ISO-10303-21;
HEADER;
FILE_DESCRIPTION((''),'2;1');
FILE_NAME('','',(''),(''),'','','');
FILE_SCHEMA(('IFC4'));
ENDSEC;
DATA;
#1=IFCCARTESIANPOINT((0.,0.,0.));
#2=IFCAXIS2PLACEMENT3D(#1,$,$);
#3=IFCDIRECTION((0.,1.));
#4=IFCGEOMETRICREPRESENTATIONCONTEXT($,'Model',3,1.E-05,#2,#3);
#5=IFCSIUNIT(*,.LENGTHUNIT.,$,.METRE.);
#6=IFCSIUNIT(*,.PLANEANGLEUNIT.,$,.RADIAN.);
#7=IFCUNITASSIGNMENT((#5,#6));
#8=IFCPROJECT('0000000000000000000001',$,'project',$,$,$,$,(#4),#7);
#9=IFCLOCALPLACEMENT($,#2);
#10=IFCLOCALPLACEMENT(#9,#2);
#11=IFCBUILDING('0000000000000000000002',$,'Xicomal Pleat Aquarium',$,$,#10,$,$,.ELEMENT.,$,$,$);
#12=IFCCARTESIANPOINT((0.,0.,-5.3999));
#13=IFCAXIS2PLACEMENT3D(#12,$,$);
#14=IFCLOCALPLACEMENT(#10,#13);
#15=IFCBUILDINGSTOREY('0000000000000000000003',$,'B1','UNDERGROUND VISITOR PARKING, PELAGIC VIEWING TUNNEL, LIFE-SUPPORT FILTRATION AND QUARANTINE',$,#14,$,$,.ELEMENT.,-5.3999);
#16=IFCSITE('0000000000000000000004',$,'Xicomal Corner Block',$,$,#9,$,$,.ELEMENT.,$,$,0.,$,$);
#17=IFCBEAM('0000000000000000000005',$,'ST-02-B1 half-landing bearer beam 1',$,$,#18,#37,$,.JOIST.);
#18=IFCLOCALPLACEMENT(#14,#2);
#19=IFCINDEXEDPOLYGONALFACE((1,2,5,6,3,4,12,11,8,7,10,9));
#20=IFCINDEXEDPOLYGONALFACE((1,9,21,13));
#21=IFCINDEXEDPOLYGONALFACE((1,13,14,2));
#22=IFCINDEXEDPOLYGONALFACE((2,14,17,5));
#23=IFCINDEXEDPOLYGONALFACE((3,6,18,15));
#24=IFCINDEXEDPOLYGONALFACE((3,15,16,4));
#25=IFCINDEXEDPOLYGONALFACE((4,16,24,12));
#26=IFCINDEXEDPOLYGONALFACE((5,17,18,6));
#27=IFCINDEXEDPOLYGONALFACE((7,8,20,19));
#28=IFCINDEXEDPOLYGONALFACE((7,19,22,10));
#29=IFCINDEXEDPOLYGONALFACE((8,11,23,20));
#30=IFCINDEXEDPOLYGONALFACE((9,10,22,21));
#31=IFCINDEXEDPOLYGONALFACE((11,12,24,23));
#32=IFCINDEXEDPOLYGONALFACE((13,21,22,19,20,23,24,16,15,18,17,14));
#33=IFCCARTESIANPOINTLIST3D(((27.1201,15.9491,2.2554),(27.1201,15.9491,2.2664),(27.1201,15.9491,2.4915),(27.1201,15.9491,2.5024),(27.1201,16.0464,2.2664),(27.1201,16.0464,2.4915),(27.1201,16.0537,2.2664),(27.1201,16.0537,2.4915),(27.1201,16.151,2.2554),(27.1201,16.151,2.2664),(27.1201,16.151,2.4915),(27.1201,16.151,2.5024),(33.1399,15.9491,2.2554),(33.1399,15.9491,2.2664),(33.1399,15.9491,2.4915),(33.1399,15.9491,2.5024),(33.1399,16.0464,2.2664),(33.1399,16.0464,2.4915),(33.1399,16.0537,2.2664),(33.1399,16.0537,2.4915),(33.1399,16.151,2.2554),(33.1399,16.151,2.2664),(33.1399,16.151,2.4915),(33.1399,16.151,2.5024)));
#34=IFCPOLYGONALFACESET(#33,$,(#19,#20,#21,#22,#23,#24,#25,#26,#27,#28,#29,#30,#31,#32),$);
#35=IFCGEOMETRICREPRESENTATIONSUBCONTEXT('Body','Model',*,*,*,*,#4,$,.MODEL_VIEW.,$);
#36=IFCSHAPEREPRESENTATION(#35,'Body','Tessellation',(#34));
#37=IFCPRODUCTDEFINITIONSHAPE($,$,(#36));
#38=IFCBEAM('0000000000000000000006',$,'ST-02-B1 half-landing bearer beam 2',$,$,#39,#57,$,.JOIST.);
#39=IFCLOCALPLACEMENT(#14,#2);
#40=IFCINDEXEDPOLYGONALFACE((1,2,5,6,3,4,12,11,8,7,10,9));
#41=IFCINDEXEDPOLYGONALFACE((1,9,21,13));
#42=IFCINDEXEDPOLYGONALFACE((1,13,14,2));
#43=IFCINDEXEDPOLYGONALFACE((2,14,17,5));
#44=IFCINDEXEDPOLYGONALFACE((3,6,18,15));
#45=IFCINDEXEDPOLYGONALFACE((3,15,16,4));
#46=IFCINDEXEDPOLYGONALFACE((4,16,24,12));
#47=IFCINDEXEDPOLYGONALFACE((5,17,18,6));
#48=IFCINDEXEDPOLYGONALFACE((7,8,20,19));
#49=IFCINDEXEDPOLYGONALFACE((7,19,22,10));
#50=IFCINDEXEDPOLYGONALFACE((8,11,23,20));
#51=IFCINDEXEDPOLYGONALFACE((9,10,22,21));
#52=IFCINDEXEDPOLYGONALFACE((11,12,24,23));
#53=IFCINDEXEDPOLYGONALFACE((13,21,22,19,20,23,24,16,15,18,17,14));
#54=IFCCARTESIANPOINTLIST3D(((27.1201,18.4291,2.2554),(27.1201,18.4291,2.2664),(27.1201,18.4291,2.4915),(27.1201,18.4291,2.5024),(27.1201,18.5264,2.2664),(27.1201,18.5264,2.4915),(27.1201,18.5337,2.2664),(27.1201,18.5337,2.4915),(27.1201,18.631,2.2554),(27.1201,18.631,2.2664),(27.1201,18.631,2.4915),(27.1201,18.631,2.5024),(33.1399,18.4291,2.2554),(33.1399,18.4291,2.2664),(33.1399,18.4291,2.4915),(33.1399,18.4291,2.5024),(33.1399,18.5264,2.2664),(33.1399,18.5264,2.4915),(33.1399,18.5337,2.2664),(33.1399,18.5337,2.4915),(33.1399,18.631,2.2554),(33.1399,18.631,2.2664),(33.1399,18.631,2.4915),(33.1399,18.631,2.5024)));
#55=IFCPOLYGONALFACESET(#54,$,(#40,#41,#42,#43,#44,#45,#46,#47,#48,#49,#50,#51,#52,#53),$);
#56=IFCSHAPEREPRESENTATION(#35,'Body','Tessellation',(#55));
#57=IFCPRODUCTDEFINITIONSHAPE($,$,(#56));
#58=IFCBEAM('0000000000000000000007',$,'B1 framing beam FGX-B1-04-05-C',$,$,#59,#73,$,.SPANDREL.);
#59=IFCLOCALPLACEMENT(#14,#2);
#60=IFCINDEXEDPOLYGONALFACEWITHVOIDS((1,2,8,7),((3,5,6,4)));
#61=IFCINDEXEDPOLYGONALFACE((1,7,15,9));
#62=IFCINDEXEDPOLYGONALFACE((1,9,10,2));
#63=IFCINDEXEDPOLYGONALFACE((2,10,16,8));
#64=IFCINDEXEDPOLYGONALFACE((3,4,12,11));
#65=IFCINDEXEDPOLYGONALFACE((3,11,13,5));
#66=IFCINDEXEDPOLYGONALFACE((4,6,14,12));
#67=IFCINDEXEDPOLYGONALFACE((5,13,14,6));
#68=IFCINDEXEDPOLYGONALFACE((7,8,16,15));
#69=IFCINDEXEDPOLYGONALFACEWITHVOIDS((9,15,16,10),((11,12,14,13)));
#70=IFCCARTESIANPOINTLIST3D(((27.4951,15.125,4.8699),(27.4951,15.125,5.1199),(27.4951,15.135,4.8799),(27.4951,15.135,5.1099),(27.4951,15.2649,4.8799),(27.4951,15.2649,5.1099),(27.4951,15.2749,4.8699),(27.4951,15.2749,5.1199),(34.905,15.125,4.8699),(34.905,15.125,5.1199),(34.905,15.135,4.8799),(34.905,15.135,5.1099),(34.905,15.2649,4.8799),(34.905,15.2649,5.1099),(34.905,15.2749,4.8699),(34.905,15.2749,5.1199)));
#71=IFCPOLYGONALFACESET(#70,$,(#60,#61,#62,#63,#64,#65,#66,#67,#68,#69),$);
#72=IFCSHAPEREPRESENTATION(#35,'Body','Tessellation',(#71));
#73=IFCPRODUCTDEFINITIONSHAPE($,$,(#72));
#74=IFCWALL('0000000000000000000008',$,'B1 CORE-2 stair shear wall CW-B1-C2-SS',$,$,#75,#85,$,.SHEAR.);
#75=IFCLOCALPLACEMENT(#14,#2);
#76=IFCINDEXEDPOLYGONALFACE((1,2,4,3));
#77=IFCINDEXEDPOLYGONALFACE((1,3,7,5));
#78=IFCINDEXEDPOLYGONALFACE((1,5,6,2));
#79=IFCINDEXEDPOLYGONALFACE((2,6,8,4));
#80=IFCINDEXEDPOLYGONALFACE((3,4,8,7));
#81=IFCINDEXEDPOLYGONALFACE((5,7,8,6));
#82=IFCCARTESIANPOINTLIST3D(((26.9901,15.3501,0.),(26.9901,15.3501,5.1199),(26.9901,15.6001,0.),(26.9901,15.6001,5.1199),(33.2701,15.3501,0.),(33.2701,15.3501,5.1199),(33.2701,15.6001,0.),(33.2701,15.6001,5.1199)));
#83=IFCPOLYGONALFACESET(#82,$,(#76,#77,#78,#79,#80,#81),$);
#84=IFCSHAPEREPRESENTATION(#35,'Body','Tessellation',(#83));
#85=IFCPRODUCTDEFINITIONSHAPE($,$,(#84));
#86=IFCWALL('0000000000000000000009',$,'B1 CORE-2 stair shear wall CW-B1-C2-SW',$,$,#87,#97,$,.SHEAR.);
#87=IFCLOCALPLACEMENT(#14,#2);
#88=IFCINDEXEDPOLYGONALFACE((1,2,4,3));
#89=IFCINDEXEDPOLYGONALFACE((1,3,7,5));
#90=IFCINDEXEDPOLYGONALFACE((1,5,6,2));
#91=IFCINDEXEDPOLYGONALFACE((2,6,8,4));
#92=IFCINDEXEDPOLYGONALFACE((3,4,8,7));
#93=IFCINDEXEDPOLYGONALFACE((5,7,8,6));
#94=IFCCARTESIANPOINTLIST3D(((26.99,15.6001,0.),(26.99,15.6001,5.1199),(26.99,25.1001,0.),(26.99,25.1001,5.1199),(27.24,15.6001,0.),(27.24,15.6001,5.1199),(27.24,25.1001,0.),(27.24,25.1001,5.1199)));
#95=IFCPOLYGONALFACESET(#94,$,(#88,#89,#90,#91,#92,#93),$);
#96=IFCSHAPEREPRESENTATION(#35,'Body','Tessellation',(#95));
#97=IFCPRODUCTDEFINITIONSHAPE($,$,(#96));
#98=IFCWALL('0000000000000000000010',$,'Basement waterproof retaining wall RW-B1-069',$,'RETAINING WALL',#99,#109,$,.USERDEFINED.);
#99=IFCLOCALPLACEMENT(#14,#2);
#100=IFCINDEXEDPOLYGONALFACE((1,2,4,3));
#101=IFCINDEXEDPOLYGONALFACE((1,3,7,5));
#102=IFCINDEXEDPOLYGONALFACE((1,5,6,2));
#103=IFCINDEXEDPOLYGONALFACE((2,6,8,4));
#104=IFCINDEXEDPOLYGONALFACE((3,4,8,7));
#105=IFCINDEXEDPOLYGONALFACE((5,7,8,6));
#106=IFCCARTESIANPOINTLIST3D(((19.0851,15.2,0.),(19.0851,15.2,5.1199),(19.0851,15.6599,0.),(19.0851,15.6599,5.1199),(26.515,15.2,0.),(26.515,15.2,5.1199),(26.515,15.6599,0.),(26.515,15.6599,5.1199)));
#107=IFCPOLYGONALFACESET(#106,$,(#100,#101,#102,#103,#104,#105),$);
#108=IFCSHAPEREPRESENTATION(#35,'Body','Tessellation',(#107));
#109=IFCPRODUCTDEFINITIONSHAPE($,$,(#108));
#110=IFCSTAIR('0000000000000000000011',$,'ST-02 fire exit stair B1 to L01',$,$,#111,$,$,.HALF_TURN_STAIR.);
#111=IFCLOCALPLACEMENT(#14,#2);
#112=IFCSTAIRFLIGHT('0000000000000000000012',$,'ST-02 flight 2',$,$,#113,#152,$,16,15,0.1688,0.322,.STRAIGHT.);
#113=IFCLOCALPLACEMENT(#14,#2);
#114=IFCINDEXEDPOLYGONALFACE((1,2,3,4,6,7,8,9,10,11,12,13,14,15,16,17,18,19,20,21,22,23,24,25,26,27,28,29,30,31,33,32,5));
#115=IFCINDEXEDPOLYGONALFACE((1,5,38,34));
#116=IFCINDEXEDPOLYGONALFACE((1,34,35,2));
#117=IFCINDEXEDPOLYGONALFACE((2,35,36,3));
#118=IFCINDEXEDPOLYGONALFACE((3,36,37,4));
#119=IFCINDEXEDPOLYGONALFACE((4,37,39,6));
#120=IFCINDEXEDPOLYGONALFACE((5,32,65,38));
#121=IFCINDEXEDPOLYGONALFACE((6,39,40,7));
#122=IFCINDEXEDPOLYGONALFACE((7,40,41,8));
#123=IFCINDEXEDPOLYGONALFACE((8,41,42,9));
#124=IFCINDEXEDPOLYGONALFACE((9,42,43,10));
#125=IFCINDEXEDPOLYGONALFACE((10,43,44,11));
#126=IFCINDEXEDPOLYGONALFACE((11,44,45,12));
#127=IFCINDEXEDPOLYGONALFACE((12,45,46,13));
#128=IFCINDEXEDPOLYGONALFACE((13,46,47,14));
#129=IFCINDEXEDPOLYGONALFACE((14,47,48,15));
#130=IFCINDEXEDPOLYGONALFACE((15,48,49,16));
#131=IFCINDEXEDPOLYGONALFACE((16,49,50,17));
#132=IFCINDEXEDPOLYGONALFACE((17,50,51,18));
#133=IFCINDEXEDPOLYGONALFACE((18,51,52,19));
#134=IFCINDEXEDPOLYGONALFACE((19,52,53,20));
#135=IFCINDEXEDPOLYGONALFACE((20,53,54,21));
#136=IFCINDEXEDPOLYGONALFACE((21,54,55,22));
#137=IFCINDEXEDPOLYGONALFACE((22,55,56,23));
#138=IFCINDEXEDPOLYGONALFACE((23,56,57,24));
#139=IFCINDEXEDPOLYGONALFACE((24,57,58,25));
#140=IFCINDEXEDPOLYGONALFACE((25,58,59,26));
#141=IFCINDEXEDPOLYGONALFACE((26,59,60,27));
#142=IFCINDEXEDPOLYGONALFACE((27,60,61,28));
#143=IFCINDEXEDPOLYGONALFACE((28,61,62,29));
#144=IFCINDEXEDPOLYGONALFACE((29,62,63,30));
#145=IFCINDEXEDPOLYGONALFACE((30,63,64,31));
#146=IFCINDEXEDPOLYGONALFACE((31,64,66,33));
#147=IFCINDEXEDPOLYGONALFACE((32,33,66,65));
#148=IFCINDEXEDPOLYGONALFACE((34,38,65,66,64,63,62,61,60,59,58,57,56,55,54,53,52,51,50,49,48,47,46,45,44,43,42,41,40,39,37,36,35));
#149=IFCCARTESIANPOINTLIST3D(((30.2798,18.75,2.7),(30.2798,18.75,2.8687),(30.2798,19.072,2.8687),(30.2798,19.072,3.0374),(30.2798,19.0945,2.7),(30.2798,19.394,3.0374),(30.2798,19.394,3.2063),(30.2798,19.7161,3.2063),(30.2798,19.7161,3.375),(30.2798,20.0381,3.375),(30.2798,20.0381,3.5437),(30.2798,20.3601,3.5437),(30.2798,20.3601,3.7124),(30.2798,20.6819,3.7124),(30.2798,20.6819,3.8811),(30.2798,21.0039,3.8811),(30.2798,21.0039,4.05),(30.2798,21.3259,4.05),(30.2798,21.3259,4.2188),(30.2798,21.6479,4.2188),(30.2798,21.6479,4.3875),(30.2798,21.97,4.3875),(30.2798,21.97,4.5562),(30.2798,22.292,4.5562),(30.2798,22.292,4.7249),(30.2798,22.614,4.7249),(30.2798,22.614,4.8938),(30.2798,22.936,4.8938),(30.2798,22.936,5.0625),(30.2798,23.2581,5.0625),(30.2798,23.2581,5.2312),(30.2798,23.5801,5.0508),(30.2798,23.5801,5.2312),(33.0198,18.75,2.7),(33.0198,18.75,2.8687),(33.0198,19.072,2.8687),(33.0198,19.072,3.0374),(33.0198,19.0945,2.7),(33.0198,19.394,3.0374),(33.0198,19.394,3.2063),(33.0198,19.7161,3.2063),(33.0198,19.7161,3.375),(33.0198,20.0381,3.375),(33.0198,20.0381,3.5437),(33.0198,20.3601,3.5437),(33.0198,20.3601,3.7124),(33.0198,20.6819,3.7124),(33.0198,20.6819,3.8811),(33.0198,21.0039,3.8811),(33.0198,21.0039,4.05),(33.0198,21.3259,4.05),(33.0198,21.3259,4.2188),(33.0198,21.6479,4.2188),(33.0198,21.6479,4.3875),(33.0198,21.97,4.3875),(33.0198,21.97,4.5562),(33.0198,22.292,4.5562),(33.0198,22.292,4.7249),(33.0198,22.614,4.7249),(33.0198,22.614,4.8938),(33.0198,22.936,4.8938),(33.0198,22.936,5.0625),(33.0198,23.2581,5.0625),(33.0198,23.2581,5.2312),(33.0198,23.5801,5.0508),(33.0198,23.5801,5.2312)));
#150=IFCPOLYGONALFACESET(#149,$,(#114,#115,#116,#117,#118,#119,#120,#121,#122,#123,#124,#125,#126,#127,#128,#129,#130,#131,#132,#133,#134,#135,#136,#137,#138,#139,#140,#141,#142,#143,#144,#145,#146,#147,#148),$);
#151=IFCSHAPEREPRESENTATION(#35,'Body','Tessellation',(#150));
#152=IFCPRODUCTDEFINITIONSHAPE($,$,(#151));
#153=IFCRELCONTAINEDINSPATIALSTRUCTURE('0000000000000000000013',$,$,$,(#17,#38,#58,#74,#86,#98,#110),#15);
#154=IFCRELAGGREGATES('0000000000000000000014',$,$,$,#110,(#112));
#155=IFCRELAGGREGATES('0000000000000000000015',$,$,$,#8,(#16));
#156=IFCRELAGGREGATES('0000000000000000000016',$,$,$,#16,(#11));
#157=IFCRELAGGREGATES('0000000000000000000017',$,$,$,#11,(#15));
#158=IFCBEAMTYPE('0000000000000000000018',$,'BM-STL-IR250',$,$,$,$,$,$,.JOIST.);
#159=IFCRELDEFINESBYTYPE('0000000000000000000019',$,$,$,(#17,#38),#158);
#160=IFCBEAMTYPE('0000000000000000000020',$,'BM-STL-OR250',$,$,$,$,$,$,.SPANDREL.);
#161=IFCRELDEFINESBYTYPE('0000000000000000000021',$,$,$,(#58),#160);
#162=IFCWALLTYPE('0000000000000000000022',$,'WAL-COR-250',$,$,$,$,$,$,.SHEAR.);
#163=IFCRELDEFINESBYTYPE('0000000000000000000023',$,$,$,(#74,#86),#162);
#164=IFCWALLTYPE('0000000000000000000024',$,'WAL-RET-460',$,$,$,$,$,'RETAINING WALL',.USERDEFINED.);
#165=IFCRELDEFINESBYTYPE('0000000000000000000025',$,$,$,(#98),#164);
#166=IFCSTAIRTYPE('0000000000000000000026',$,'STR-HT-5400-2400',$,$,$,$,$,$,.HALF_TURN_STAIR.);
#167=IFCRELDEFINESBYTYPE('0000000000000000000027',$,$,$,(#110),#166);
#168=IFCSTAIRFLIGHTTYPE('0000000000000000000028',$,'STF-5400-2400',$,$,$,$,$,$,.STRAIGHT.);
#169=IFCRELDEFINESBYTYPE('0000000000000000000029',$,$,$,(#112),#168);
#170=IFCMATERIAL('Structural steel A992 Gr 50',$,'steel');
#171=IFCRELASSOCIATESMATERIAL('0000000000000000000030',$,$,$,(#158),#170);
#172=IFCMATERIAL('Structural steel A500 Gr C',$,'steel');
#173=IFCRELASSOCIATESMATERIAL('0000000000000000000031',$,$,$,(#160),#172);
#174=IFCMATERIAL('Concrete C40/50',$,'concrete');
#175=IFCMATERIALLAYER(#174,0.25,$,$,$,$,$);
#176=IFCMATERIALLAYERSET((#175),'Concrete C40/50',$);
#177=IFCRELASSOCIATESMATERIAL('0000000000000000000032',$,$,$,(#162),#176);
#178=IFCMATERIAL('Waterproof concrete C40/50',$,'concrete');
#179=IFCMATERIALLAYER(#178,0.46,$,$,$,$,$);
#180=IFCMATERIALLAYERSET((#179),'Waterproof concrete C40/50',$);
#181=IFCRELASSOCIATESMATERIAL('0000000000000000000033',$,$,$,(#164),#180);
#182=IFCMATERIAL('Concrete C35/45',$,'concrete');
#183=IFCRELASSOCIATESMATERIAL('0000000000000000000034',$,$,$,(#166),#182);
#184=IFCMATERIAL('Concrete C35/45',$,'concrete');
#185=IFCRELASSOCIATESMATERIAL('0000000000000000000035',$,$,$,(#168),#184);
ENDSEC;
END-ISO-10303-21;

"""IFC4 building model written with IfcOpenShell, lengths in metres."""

from ifc_helpers import new_model, si_unit, direction, frame, frame_2d, origin, origin_2d, place, context, subcontext, project, spatial, polyline, rectangle, hollow_rectangle, i_section, outline, extrude, material, layer, layer_set, material_profile, profile_set, type_object, element, aggregate, save


model = new_model("IFC4")

# Units and contexts
model_context = context("Model", 3, precision=1e-05, world=origin(), true_north=direction((0.0, 1.0)))
body_context = subcontext(model_context, "Body", "Model", "MODEL_VIEW")
ifc_project = project(units=[si_unit("LENGTHUNIT", "METRE"), si_unit("PLANEANGLEUNIT", "RADIAN")], contexts=[model_context])

# Site, building, storey
site_placement = place(None, origin())
site = spatial("IfcSite", under=ifc_project, at=site_placement, Name="Xicomal Corner Block", CompositionType="ELEMENT", RefElevation=0.0)
building_placement = place(site_placement, origin())
building = spatial("IfcBuilding", under=site, at=building_placement, Name="Xicomal Pleat Aquarium", CompositionType="ELEMENT")
storey_placement = place(building_placement, frame((0.0, 0.0, -5.3999)))
storey = spatial("IfcBuildingStorey", under=building, at=storey_placement, Name="B1", Description="UNDERGROUND VISITOR PARKING, PELAGIC VIEWING TUNNEL, LIFE-SUPPORT FILTRATION AND QUARANTINE", CompositionType="ELEMENT", Elevation=-5.3999)

# Beams
ifc_material_1 = material(Name="Structural steel A992 Gr 50", Category="steel")
ifc_material_profile_1 = material_profile(ifc_material_1, i_section(OverallWidth=0.2019, OverallDepth=0.2471, WebThickness=0.0073, FlangeThickness=0.011, at=origin_2d()), Name="IR 250x49")
ifc_profile_set_1 = profile_set([ifc_material_profile_1], Name="Structural steel A992 Gr 50")
beam_type_1 = type_object("IfcBeamType", Name="BM-STL-IR250", PredefinedType="JOIST", material=ifc_profile_set_1)
for number, where, z_axis, x_axis, name in (
    (1, (27.1201, 16.05, 2.3789), (1.0, 0.0, 0.0), (0.0, 1.0, 0.0), "ST-02-B1 half-landing bearer beam 1"),
    (2, (27.1201, 18.53, 2.3789), (1.0, 0.0, 0.0), (0.0, 1.0, 0.0), "ST-02-B1 half-landing bearer beam 2"),
):
    element("IfcBeam", number, at=place(storey_placement, frame(where, z_axis=z_axis, x_axis=x_axis)), inside=storey, type_object=beam_type_1, Name=name, PredefinedType="JOIST", context=body_context, shape_type="SweptSolid", body=[
        extrude(i_section(OverallWidth=0.2019, OverallDepth=0.2471, WebThickness=0.0073, FlangeThickness=0.011, at=origin_2d()), origin(), (0.0, 0.0, 1.0), 6.0198),
    ])
ifc_material_2 = material(Name="Structural steel A500 Gr C", Category="steel")
ifc_material_profile_2 = material_profile(ifc_material_2, hollow_rectangle(XDim=0.1499, YDim=0.25, WallThickness=0.01, at=origin_2d()), Name="OR 250x150x10")
ifc_profile_set_2 = profile_set([ifc_material_profile_2], Name="Structural steel A500 Gr C")
beam_type_2 = type_object("IfcBeamType", Name="BM-STL-OR250", PredefinedType="SPANDREL", material=ifc_profile_set_2)
beam_1_placement = place(storey_placement, frame((27.4951, 15.2, 4.9949), z_axis=(1.0, 0.0, 0.0), x_axis=(0.0, 1.0, 0.0)))
element("IfcBeam", 3, at=beam_1_placement, inside=storey, type_object=beam_type_2, Name="B1 framing beam FGX-B1-04-05-C", PredefinedType="SPANDREL", context=body_context, shape_type="SweptSolid", body=[
    extrude(hollow_rectangle(XDim=0.1499, YDim=0.25, WallThickness=0.01, at=origin_2d()), origin(), (0.0, 0.0, 1.0), 7.4099),
])

# Walls
ifc_material_3 = material(Name="Concrete C40/50", Category="concrete")
ifc_layer_1 = layer(ifc_material_3, 0.25)
ifc_layer_set_1 = layer_set([ifc_layer_1], Name="Concrete C40/50")
wall_type_1 = type_object("IfcWallType", Name="WAL-COR-250", PredefinedType="SHEAR", material=ifc_layer_set_1)
wall_1_placement = place(storey_placement, frame((26.99, 15.4751, 0.0), z_axis=(0.0, 0.0, 1.0), x_axis=(1.0, 0.0, 0.0)))
element("IfcWall", 4, at=wall_1_placement, inside=storey, type_object=wall_type_1, Name="B1 CORE-2 stair shear wall CW-B1-C2-SS", PredefinedType="SHEAR", context=body_context, shape_type="SweptSolid", body=[
    extrude(rectangle(XDim=6.28, YDim=0.25, at=frame_2d((3.1401, 0.0))), origin(), (0.0, 0.0, 1.0), 5.1199),
])
wall_2_placement = place(storey_placement, frame((27.115, 15.6001, 0.0), z_axis=(0.0, 0.0, 1.0), x_axis=(0.0, 1.0, 0.0)))
element("IfcWall", 5, at=wall_2_placement, inside=storey, type_object=wall_type_1, Name="B1 CORE-2 stair shear wall CW-B1-C2-SW", PredefinedType="SHEAR", context=body_context, shape_type="SweptSolid", body=[
    extrude(rectangle(XDim=9.5, YDim=0.25, at=frame_2d((4.75, 0.0))), origin(), (0.0, 0.0, 1.0), 5.1199),
])
ifc_material_4 = material(Name="Waterproof concrete C40/50", Category="concrete")
ifc_layer_2 = layer(ifc_material_4, 0.46)
ifc_layer_set_2 = layer_set([ifc_layer_2], Name="Waterproof concrete C40/50")
wall_type_2 = type_object("IfcWallType", Name="WAL-RET-460", ElementType="RETAINING WALL", PredefinedType="USERDEFINED", material=ifc_layer_set_2)
wall_3_placement = place(storey_placement, frame((26.5149, 15.4299, 0.0), z_axis=(0.0, 0.0, 1.0), x_axis=(-1.0, 0.0, 0.0)))
element("IfcWall", 6, at=wall_3_placement, inside=storey, type_object=wall_type_2, Name="Basement waterproof retaining wall RW-B1-069", ObjectType="RETAINING WALL", PredefinedType="USERDEFINED", context=body_context, shape_type="SweptSolid", body=[
    extrude(rectangle(XDim=7.4299, YDim=0.46, at=frame_2d((3.7148, 0.0))), origin(), (0.0, 0.0, 1.0), 5.1199),
])

# Stair, stair flight
ifc_material_5 = material(Name="Concrete C35/45", Category="concrete")
stair_type = type_object("IfcStairType", Name="STR-HT-5400-2400", PredefinedType="HALF_TURN_STAIR", material=ifc_material_5)
stair_placement = place(storey_placement, origin())
stair = element("IfcStair", 7, at=stair_placement, inside=storey, type_object=stair_type, Name="ST-02 fire exit stair B1 to L01", PredefinedType="HALF_TURN_STAIR")
ifc_material_6 = material(Name="Concrete C35/45", Category="concrete")
stair_flight_type = type_object("IfcStairFlightType", Name="STF-5400-2400", PredefinedType="STRAIGHT", material=ifc_material_6)
stair_flight_placement = place(storey_placement, frame((31.6499, 18.75, 2.7), z_axis=(0.0, 0.0, 1.0), x_axis=(0.0, 1.0, 0.0)))
stair_flight = element("IfcStairFlight", 8, at=stair_flight_placement, type_object=stair_flight_type, Name="ST-02 flight 2", NumberOfRisers=16, NumberOfTreads=15, PredefinedType="STRAIGHT", RiserHeight=0.1688, TreadLength=0.322, context=body_context, shape_type="SweptSolid", body=[
    extrude(outline(polyline([(0.0, 0.0), (0.0, 0.1687), (0.322, 0.1687), (0.322, 0.3374), (0.644, 0.3374), (0.644, 0.5063), (0.9661, 0.5063), (0.9661, 0.675), (1.2881, 0.675), (1.2881, 0.8438), (1.6101, 0.8438), (1.6101, 1.0125), (1.9319, 1.0125), (1.9319, 1.1812), (2.2539, 1.1812), (2.2539, 1.3501), (2.5759, 1.3501), (2.5759, 1.5188), (2.8979, 1.5188), (2.8979, 1.6875), (3.22, 1.6875), (3.22, 1.8562), (3.542, 1.8562), (3.542, 2.0249), (3.864, 2.0249), (3.864, 2.1938), (4.186, 2.1938), (4.186, 2.3625), (4.5081, 2.3625), (4.5081, 2.5312), (4.8301, 2.5312), (4.8301, 2.7), (4.8301, 2.3508), (0.3445, 0.0), (0.0, 0.0)])), frame((0.0, 1.3701, 0.0), z_axis=(0.0, -1.0, 0.0), x_axis=(1.0, 0.0, 0.0)), (0.0, 0.0, 1.0), 2.74),
])
aggregate(stair, [stair_flight])

save(model, "model.ifc")
